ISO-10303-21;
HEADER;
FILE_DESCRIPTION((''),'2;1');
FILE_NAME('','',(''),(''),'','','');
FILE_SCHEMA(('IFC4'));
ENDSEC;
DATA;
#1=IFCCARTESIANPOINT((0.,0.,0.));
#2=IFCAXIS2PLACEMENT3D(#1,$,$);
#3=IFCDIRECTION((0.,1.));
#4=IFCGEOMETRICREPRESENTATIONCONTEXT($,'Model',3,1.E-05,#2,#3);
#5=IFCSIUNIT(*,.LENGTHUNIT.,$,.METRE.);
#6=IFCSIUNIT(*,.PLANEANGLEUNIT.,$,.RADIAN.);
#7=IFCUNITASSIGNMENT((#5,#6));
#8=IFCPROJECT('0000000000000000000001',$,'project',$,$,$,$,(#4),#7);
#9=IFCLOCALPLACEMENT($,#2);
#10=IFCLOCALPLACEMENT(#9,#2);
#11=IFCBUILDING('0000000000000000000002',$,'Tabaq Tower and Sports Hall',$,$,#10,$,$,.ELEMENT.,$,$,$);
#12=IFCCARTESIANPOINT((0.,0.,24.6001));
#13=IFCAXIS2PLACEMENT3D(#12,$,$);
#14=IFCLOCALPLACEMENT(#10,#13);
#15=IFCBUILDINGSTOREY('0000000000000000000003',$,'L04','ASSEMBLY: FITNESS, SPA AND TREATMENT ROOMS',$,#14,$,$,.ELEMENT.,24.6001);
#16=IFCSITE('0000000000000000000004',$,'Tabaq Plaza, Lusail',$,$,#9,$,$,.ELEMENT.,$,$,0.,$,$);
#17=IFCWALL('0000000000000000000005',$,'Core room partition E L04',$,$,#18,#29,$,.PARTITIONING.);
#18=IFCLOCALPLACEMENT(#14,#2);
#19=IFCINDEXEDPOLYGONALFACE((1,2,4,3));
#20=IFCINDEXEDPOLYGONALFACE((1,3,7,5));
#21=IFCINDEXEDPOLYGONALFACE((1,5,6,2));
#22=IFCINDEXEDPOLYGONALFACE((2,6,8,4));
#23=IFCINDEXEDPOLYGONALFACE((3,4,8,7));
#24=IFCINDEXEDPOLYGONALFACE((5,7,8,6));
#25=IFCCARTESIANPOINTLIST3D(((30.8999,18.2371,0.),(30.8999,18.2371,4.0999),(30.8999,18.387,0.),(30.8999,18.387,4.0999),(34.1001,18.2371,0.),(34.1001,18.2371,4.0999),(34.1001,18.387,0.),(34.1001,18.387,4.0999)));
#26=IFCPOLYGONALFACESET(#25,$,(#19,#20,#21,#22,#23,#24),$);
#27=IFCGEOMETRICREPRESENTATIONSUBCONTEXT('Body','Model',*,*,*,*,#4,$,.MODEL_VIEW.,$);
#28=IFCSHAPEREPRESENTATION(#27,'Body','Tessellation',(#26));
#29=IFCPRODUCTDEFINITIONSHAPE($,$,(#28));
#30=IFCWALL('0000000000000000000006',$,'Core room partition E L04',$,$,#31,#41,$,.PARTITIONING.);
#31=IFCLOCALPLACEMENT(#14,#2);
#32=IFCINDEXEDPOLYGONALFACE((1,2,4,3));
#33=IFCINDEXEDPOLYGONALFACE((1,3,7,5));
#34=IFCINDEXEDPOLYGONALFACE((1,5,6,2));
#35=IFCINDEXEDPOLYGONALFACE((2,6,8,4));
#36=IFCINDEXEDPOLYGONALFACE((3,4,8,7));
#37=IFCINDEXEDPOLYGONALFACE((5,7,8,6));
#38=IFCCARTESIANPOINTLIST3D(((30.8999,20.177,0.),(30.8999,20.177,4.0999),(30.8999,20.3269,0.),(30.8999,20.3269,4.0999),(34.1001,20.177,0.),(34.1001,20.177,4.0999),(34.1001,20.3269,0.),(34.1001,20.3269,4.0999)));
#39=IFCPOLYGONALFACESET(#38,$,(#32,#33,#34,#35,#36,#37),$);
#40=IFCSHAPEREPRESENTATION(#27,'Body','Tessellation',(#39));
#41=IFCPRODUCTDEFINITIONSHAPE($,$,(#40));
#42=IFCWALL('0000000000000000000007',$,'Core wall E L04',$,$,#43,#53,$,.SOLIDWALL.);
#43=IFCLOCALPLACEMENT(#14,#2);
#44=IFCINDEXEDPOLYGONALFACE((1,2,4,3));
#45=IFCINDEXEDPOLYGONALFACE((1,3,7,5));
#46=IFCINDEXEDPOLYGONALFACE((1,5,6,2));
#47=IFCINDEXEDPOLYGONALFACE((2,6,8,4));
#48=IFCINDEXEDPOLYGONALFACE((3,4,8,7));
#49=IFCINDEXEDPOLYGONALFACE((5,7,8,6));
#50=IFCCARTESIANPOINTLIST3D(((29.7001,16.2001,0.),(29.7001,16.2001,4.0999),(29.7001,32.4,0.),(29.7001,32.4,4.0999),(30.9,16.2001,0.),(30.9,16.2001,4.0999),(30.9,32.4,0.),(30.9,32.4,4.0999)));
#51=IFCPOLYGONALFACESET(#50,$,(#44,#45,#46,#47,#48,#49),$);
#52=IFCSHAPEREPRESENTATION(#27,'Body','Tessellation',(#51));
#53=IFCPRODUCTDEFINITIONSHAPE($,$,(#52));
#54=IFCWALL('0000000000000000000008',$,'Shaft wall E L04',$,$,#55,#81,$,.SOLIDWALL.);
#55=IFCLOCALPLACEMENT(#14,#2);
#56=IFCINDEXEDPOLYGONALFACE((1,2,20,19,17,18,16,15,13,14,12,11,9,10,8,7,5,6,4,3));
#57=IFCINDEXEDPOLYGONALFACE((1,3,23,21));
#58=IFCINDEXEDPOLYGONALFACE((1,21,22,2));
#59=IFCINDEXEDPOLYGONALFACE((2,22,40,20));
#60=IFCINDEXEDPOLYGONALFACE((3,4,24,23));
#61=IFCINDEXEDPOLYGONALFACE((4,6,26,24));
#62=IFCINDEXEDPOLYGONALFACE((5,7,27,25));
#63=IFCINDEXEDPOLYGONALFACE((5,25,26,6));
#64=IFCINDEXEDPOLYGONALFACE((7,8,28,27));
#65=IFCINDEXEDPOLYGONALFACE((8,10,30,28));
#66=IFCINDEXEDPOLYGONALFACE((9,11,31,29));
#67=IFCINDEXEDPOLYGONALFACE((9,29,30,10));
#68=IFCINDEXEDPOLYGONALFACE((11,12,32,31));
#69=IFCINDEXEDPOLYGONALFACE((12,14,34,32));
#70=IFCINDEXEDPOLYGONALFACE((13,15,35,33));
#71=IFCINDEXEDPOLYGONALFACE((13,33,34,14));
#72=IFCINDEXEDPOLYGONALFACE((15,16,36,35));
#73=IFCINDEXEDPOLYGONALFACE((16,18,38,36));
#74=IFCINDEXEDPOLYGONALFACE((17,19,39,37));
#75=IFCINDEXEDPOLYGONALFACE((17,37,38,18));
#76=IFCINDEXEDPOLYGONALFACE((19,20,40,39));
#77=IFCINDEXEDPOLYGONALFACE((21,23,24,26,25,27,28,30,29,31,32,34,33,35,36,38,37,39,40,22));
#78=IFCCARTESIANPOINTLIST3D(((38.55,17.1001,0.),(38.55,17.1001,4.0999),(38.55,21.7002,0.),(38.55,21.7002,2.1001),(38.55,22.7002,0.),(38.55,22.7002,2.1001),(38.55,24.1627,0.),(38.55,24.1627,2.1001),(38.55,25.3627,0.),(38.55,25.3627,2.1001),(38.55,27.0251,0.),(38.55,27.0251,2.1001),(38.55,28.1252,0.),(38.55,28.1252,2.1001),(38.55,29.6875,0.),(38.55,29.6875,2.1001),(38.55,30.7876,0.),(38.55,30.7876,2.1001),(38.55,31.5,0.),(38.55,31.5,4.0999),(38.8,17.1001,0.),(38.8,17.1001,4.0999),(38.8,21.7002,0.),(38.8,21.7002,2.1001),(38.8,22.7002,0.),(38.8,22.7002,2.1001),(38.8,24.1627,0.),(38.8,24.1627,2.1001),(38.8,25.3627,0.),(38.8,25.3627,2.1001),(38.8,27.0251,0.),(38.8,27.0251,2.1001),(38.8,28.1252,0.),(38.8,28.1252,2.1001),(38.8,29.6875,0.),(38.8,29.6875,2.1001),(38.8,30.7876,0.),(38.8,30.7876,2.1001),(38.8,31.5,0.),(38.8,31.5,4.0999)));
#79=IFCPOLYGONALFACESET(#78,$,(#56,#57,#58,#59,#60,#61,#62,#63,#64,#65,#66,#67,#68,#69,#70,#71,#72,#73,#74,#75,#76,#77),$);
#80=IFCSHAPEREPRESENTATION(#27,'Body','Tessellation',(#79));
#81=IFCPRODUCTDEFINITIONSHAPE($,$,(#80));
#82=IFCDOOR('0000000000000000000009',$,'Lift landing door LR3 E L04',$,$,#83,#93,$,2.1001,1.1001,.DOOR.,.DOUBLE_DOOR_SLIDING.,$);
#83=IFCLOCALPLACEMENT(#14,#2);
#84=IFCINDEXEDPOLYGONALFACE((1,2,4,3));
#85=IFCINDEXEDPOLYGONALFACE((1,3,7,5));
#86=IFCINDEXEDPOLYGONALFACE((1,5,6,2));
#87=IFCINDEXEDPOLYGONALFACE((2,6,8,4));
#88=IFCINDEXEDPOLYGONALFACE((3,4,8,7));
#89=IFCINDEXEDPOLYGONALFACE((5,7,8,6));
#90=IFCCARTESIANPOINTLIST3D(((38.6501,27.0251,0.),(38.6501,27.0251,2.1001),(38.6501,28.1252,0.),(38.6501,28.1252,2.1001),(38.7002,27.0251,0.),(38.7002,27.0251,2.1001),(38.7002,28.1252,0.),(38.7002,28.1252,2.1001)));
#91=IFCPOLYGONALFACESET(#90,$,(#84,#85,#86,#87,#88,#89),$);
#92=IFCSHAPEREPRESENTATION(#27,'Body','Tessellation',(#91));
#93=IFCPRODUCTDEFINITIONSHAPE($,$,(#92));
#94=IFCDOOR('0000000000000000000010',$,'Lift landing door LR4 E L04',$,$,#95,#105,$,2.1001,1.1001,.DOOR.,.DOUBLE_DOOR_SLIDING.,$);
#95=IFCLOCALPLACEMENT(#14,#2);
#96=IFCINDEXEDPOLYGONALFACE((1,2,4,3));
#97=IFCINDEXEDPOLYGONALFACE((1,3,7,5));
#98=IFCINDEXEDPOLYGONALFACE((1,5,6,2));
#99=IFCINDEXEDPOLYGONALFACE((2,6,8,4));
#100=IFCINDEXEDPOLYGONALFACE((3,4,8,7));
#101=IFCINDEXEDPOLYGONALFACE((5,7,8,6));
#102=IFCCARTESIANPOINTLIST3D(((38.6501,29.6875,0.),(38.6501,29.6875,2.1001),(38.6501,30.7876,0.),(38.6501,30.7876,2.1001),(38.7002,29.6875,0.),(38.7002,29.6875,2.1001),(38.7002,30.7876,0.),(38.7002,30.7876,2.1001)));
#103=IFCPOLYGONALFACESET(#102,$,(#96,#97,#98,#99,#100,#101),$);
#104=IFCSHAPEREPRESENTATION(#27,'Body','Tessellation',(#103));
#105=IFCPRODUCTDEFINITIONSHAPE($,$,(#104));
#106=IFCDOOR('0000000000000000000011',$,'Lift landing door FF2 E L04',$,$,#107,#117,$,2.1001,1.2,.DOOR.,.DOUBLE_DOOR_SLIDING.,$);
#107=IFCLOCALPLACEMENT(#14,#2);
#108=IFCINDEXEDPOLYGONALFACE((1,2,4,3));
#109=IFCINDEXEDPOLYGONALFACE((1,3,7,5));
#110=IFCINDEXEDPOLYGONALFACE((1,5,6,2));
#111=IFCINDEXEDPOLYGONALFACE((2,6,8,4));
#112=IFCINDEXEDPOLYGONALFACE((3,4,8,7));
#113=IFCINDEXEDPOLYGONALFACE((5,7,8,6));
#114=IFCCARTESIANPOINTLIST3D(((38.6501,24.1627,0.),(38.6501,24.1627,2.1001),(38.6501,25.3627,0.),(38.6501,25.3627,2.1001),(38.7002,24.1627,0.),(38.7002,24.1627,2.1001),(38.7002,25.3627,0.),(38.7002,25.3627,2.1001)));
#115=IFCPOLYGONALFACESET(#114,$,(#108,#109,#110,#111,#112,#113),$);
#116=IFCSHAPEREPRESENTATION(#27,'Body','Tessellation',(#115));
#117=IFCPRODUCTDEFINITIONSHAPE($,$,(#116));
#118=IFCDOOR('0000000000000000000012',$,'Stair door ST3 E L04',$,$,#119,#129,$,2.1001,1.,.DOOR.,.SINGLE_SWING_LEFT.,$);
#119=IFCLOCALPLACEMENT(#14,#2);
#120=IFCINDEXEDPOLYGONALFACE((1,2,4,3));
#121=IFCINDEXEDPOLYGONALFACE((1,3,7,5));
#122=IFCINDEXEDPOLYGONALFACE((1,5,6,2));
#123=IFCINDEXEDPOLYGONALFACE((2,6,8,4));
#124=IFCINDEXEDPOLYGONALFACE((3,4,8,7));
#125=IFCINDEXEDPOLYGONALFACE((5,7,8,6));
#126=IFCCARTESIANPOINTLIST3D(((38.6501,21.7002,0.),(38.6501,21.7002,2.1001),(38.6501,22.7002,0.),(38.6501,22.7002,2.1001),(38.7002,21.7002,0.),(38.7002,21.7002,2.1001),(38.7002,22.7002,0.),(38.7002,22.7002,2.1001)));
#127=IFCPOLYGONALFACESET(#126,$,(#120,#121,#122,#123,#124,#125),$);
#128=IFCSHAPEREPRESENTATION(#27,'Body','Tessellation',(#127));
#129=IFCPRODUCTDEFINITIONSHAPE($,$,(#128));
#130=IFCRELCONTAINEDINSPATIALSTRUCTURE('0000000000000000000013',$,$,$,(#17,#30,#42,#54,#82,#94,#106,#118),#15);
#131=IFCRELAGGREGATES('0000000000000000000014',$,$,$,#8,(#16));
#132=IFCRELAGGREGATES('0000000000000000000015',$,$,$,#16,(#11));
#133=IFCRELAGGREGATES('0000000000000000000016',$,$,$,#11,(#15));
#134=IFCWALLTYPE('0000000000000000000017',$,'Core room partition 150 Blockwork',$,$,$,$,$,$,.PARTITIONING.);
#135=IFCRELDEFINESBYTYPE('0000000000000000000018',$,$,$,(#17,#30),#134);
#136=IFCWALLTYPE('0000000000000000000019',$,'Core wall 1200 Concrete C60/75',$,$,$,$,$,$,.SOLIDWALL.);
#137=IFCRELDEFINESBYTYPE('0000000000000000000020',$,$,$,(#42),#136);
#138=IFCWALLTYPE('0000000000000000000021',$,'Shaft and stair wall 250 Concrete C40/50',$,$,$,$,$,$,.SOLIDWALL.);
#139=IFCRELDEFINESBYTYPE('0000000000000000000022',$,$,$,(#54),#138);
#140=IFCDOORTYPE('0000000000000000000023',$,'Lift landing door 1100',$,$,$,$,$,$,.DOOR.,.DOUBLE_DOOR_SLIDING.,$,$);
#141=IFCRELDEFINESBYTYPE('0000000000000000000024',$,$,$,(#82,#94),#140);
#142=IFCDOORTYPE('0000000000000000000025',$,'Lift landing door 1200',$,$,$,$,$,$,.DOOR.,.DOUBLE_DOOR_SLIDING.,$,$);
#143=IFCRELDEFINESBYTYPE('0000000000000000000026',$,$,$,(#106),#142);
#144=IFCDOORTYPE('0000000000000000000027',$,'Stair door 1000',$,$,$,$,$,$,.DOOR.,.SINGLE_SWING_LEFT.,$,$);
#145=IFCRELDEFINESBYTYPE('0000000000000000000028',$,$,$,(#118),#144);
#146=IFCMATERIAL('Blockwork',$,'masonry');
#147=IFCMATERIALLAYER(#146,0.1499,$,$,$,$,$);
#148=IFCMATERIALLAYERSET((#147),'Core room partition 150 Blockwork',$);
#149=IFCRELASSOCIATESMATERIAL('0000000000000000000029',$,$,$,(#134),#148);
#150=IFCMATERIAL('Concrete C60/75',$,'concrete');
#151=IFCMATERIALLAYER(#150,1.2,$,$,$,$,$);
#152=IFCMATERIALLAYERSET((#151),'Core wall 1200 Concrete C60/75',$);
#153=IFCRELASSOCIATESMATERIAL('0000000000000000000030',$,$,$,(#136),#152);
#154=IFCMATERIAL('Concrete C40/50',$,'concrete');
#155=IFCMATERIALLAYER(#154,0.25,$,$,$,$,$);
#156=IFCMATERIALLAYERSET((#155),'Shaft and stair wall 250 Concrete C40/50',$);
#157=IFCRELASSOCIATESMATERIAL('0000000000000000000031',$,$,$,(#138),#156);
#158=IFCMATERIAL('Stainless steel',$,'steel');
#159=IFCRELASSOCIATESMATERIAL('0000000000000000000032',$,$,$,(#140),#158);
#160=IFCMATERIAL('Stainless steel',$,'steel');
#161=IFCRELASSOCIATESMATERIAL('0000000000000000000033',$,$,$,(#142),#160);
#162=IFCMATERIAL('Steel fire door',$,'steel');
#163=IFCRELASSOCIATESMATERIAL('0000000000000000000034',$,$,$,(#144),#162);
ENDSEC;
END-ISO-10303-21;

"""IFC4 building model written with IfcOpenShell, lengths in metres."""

from ifc_helpers import new_model, si_unit, direction, frame, frame_2d, origin, place, context, subcontext, project, spatial, rectangle, extrude, material, layer, layer_set, type_object, element, fill, save


model = new_model("IFC4")

# Units and contexts
model_context = context("Model", 3, precision=1e-05, world=origin(), true_north=direction((0.0, 1.0)))
body_context = subcontext(model_context, "Body", "Model", "MODEL_VIEW")
ifc_project = project(units=[si_unit("LENGTHUNIT", "METRE"), si_unit("PLANEANGLEUNIT", "RADIAN")], contexts=[model_context])

# Site, building, storey
site_placement = place(None, origin())
site = spatial("IfcSite", under=ifc_project, at=site_placement, Name="Tabaq Plaza, Lusail", CompositionType="ELEMENT", RefElevation=0.0)
building_placement = place(site_placement, origin())
building = spatial("IfcBuilding", under=site, at=building_placement, Name="Tabaq Tower and Sports Hall", CompositionType="ELEMENT")
storey_placement = place(building_placement, frame((0.0, 0.0, 24.6001)))
storey = spatial("IfcBuildingStorey", under=building, at=storey_placement, Name="L04", Description="ASSEMBLY: FITNESS, SPA AND TREATMENT ROOMS", CompositionType="ELEMENT", Elevation=24.6001)

# Walls
ifc_material_1 = material(Name="Blockwork", Category="masonry")
ifc_layer_1 = layer(ifc_material_1, 0.1499)
ifc_layer_set_1 = layer_set([ifc_layer_1], Name="Core room partition 150 Blockwork")
wall_type_1 = type_object("IfcWallType", Name="Core room partition 150 Blockwork", PredefinedType="PARTITIONING", material=ifc_layer_set_1)
for number, where, z_axis, x_axis, name in (
    (1, (30.8999, 18.312, 0.0), (0.0, 0.0, 1.0), (1.0, 0.0, 0.0), "Core room partition E L04"),
    (2, (30.8999, 20.252, 0.0), (0.0, 0.0, 1.0), (1.0, 0.0, 0.0), "Core room partition E L04"),
):
    element("IfcWall", number, at=place(storey_placement, frame(where, z_axis=z_axis, x_axis=x_axis)), inside=storey, type_object=wall_type_1, Name=name, PredefinedType="PARTITIONING", context=body_context, shape_type="SweptSolid", body=[
        extrude(rectangle(XDim=3.2002, YDim=0.1499, at=frame_2d((1.6001, 0.0))), origin(), (0.0, 0.0, 1.0), 4.0999),
    ])
ifc_material_2 = material(Name="Concrete C60/75", Category="concrete")
ifc_layer_2 = layer(ifc_material_2, 1.2)
ifc_layer_set_2 = layer_set([ifc_layer_2], Name="Core wall 1200 Concrete C60/75")
wall_type_2 = type_object("IfcWallType", Name="Core wall 1200 Concrete C60/75", PredefinedType="SOLIDWALL", material=ifc_layer_set_2)
wall_1_placement = place(storey_placement, frame((30.3, 16.2, 0.0), z_axis=(0.0, 0.0, 1.0), x_axis=(0.0, 1.0, 0.0)))
element("IfcWall", 3, at=wall_1_placement, inside=storey, type_object=wall_type_2, Name="Core wall E L04", PredefinedType="SOLIDWALL", context=body_context, shape_type="SweptSolid", body=[
    extrude(rectangle(XDim=16.2, YDim=1.2, at=frame_2d((8.1001, 0.0))), origin(), (0.0, 0.0, 1.0), 4.0999),
])

# Wall, openings, doors
ifc_material_3 = material(Name="Concrete C40/50", Category="concrete")
ifc_layer_3 = layer(ifc_material_3, 0.25)
ifc_layer_set_3 = layer_set([ifc_layer_3], Name="Shaft and stair wall 250 Concrete C40/50")
wall_type_3 = type_object("IfcWallType", Name="Shaft and stair wall 250 Concrete C40/50", PredefinedType="SOLIDWALL", material=ifc_layer_set_3)
wall_2_placement = place(storey_placement, frame((38.675, 17.1001, 0.0), z_axis=(0.0, 0.0, 1.0), x_axis=(0.0, 1.0, 0.0)))
wall_2 = element("IfcWall", 4, at=wall_2_placement, inside=storey, type_object=wall_type_3, Name="Shaft wall E L04", PredefinedType="SOLIDWALL", context=body_context, shape_type="SweptSolid", body=[
    extrude(rectangle(XDim=14.3999, YDim=0.25, at=frame_2d((7.2, 0.0))), origin(), (0.0, 0.0, 1.0), 4.0999),
])
opening_1_placement = place(wall_2_placement, frame((4.6001, 0.0, 0.0)))
opening_1 = element("IfcOpeningElement", 5, at=opening_1_placement, cuts=wall_2, PredefinedType="OPENING", context=body_context, shape_type="SweptSolid", body=[
    extrude(rectangle(XDim=1.0, YDim=2.1001, at=frame_2d((0.5, 1.05))), frame((0.0, 0.125, 0.0), z_axis=(0.0, -1.0, 0.0), x_axis=(1.0, 0.0, 0.0)), (0.0, 0.0, 1.0), 0.25),
])
opening_2_placement = place(wall_2_placement, frame((7.0625, 0.0, 0.0)))
opening_2 = element("IfcOpeningElement", 6, at=opening_2_placement, cuts=wall_2, PredefinedType="OPENING", context=body_context, shape_type="SweptSolid", body=[
    extrude(rectangle(XDim=1.2, YDim=2.1001, at=frame_2d((0.6001, 1.05))), frame((0.0, 0.125, 0.0), z_axis=(0.0, -1.0, 0.0), x_axis=(1.0, 0.0, 0.0)), (0.0, 0.0, 1.0), 0.25),
])
opening_3_placement = place(wall_2_placement, frame((9.925, 0.0, 0.0)))
opening_3 = element("IfcOpeningElement", 7, at=opening_3_placement, cuts=wall_2, PredefinedType="OPENING", context=body_context, shape_type="SweptSolid", body=[
    extrude(rectangle(XDim=1.1001, YDim=2.1001, at=frame_2d((0.55, 1.05))), frame((0.0, 0.125, 0.0), z_axis=(0.0, -1.0, 0.0), x_axis=(1.0, 0.0, 0.0)), (0.0, 0.0, 1.0), 0.25),
])
opening_4_placement = place(wall_2_placement, frame((12.5874, 0.0, 0.0)))
opening_4 = element("IfcOpeningElement", 8, at=opening_4_placement, cuts=wall_2, PredefinedType="OPENING", context=body_context, shape_type="SweptSolid", body=[
    extrude(rectangle(XDim=1.1001, YDim=2.1001, at=frame_2d((0.55, 1.05))), frame((0.0, 0.125, 0.0), z_axis=(0.0, -1.0, 0.0), x_axis=(1.0, 0.0, 0.0)), (0.0, 0.0, 1.0), 0.25),
])
ifc_material_4 = material(Name="Stainless steel", Category="steel")
door_type_1 = type_object("IfcDoorType", Name="Lift landing door 1100", OperationType="DOUBLE_DOOR_SLIDING", PredefinedType="DOOR", material=ifc_material_4)
door_1_placement = place(opening_3_placement, origin())
door_1 = element("IfcDoor", 9, at=door_1_placement, inside=storey, type_object=door_type_1, Name="Lift landing door LR3 E L04", OperationType="DOUBLE_DOOR_SLIDING", OverallHeight=2.1001, OverallWidth=1.1001, PredefinedType="DOOR", context=body_context, shape_type="SweptSolid", body=[
    extrude(rectangle(XDim=1.1001, YDim=2.1001, at=frame_2d((0.55, 1.05))), frame((0.0, 0.0249, 0.0), z_axis=(0.0, -1.0, 0.0), x_axis=(1.0, 0.0, 0.0)), (0.0, 0.0, 1.0), 0.05),
])
fill(opening_3, door_1)
door_2_placement = place(opening_4_placement, origin())
door_2 = element("IfcDoor", 10, at=door_2_placement, inside=storey, type_object=door_type_1, Name="Lift landing door LR4 E L04", OperationType="DOUBLE_DOOR_SLIDING", OverallHeight=2.1001, OverallWidth=1.1001, PredefinedType="DOOR", context=body_context, shape_type="SweptSolid", body=[
    extrude(rectangle(XDim=1.1001, YDim=2.1001, at=frame_2d((0.55, 1.05))), frame((0.0, 0.0249, 0.0), z_axis=(0.0, -1.0, 0.0), x_axis=(1.0, 0.0, 0.0)), (0.0, 0.0, 1.0), 0.05),
])
fill(opening_4, door_2)
ifc_material_5 = material(Name="Stainless steel", Category="steel")
door_type_2 = type_object("IfcDoorType", Name="Lift landing door 1200", OperationType="DOUBLE_DOOR_SLIDING", PredefinedType="DOOR", material=ifc_material_5)
door_3_placement = place(opening_2_placement, origin())
door_3 = element("IfcDoor", 11, at=door_3_placement, inside=storey, type_object=door_type_2, Name="Lift landing door FF2 E L04", OperationType="DOUBLE_DOOR_SLIDING", OverallHeight=2.1001, OverallWidth=1.2, PredefinedType="DOOR", context=body_context, shape_type="SweptSolid", body=[
    extrude(rectangle(XDim=1.2, YDim=2.1001, at=frame_2d((0.6001, 1.05))), frame((0.0, 0.0249, 0.0), z_axis=(0.0, -1.0, 0.0), x_axis=(1.0, 0.0, 0.0)), (0.0, 0.0, 1.0), 0.05),
])
fill(opening_2, door_3)
ifc_material_6 = material(Name="Steel fire door", Category="steel")
door_type_3 = type_object("IfcDoorType", Name="Stair door 1000", OperationType="SINGLE_SWING_LEFT", PredefinedType="DOOR", material=ifc_material_6)
door_4_placement = place(opening_1_placement, origin())
door_4 = element("IfcDoor", 12, at=door_4_placement, inside=storey, type_object=door_type_3, Name="Stair door ST3 E L04", OperationType="SINGLE_SWING_LEFT", OverallHeight=2.1001, OverallWidth=1.0, PredefinedType="DOOR", context=body_context, shape_type="SweptSolid", body=[
    extrude(rectangle(XDim=1.0, YDim=2.1001, at=frame_2d((0.5, 1.05))), frame((0.0, 0.0249, 0.0), z_axis=(0.0, -1.0, 0.0), x_axis=(1.0, 0.0, 0.0)), (0.0, 0.0, 1.0), 0.05),
])
fill(opening_1, door_4)

save(model, "model.ifc")
